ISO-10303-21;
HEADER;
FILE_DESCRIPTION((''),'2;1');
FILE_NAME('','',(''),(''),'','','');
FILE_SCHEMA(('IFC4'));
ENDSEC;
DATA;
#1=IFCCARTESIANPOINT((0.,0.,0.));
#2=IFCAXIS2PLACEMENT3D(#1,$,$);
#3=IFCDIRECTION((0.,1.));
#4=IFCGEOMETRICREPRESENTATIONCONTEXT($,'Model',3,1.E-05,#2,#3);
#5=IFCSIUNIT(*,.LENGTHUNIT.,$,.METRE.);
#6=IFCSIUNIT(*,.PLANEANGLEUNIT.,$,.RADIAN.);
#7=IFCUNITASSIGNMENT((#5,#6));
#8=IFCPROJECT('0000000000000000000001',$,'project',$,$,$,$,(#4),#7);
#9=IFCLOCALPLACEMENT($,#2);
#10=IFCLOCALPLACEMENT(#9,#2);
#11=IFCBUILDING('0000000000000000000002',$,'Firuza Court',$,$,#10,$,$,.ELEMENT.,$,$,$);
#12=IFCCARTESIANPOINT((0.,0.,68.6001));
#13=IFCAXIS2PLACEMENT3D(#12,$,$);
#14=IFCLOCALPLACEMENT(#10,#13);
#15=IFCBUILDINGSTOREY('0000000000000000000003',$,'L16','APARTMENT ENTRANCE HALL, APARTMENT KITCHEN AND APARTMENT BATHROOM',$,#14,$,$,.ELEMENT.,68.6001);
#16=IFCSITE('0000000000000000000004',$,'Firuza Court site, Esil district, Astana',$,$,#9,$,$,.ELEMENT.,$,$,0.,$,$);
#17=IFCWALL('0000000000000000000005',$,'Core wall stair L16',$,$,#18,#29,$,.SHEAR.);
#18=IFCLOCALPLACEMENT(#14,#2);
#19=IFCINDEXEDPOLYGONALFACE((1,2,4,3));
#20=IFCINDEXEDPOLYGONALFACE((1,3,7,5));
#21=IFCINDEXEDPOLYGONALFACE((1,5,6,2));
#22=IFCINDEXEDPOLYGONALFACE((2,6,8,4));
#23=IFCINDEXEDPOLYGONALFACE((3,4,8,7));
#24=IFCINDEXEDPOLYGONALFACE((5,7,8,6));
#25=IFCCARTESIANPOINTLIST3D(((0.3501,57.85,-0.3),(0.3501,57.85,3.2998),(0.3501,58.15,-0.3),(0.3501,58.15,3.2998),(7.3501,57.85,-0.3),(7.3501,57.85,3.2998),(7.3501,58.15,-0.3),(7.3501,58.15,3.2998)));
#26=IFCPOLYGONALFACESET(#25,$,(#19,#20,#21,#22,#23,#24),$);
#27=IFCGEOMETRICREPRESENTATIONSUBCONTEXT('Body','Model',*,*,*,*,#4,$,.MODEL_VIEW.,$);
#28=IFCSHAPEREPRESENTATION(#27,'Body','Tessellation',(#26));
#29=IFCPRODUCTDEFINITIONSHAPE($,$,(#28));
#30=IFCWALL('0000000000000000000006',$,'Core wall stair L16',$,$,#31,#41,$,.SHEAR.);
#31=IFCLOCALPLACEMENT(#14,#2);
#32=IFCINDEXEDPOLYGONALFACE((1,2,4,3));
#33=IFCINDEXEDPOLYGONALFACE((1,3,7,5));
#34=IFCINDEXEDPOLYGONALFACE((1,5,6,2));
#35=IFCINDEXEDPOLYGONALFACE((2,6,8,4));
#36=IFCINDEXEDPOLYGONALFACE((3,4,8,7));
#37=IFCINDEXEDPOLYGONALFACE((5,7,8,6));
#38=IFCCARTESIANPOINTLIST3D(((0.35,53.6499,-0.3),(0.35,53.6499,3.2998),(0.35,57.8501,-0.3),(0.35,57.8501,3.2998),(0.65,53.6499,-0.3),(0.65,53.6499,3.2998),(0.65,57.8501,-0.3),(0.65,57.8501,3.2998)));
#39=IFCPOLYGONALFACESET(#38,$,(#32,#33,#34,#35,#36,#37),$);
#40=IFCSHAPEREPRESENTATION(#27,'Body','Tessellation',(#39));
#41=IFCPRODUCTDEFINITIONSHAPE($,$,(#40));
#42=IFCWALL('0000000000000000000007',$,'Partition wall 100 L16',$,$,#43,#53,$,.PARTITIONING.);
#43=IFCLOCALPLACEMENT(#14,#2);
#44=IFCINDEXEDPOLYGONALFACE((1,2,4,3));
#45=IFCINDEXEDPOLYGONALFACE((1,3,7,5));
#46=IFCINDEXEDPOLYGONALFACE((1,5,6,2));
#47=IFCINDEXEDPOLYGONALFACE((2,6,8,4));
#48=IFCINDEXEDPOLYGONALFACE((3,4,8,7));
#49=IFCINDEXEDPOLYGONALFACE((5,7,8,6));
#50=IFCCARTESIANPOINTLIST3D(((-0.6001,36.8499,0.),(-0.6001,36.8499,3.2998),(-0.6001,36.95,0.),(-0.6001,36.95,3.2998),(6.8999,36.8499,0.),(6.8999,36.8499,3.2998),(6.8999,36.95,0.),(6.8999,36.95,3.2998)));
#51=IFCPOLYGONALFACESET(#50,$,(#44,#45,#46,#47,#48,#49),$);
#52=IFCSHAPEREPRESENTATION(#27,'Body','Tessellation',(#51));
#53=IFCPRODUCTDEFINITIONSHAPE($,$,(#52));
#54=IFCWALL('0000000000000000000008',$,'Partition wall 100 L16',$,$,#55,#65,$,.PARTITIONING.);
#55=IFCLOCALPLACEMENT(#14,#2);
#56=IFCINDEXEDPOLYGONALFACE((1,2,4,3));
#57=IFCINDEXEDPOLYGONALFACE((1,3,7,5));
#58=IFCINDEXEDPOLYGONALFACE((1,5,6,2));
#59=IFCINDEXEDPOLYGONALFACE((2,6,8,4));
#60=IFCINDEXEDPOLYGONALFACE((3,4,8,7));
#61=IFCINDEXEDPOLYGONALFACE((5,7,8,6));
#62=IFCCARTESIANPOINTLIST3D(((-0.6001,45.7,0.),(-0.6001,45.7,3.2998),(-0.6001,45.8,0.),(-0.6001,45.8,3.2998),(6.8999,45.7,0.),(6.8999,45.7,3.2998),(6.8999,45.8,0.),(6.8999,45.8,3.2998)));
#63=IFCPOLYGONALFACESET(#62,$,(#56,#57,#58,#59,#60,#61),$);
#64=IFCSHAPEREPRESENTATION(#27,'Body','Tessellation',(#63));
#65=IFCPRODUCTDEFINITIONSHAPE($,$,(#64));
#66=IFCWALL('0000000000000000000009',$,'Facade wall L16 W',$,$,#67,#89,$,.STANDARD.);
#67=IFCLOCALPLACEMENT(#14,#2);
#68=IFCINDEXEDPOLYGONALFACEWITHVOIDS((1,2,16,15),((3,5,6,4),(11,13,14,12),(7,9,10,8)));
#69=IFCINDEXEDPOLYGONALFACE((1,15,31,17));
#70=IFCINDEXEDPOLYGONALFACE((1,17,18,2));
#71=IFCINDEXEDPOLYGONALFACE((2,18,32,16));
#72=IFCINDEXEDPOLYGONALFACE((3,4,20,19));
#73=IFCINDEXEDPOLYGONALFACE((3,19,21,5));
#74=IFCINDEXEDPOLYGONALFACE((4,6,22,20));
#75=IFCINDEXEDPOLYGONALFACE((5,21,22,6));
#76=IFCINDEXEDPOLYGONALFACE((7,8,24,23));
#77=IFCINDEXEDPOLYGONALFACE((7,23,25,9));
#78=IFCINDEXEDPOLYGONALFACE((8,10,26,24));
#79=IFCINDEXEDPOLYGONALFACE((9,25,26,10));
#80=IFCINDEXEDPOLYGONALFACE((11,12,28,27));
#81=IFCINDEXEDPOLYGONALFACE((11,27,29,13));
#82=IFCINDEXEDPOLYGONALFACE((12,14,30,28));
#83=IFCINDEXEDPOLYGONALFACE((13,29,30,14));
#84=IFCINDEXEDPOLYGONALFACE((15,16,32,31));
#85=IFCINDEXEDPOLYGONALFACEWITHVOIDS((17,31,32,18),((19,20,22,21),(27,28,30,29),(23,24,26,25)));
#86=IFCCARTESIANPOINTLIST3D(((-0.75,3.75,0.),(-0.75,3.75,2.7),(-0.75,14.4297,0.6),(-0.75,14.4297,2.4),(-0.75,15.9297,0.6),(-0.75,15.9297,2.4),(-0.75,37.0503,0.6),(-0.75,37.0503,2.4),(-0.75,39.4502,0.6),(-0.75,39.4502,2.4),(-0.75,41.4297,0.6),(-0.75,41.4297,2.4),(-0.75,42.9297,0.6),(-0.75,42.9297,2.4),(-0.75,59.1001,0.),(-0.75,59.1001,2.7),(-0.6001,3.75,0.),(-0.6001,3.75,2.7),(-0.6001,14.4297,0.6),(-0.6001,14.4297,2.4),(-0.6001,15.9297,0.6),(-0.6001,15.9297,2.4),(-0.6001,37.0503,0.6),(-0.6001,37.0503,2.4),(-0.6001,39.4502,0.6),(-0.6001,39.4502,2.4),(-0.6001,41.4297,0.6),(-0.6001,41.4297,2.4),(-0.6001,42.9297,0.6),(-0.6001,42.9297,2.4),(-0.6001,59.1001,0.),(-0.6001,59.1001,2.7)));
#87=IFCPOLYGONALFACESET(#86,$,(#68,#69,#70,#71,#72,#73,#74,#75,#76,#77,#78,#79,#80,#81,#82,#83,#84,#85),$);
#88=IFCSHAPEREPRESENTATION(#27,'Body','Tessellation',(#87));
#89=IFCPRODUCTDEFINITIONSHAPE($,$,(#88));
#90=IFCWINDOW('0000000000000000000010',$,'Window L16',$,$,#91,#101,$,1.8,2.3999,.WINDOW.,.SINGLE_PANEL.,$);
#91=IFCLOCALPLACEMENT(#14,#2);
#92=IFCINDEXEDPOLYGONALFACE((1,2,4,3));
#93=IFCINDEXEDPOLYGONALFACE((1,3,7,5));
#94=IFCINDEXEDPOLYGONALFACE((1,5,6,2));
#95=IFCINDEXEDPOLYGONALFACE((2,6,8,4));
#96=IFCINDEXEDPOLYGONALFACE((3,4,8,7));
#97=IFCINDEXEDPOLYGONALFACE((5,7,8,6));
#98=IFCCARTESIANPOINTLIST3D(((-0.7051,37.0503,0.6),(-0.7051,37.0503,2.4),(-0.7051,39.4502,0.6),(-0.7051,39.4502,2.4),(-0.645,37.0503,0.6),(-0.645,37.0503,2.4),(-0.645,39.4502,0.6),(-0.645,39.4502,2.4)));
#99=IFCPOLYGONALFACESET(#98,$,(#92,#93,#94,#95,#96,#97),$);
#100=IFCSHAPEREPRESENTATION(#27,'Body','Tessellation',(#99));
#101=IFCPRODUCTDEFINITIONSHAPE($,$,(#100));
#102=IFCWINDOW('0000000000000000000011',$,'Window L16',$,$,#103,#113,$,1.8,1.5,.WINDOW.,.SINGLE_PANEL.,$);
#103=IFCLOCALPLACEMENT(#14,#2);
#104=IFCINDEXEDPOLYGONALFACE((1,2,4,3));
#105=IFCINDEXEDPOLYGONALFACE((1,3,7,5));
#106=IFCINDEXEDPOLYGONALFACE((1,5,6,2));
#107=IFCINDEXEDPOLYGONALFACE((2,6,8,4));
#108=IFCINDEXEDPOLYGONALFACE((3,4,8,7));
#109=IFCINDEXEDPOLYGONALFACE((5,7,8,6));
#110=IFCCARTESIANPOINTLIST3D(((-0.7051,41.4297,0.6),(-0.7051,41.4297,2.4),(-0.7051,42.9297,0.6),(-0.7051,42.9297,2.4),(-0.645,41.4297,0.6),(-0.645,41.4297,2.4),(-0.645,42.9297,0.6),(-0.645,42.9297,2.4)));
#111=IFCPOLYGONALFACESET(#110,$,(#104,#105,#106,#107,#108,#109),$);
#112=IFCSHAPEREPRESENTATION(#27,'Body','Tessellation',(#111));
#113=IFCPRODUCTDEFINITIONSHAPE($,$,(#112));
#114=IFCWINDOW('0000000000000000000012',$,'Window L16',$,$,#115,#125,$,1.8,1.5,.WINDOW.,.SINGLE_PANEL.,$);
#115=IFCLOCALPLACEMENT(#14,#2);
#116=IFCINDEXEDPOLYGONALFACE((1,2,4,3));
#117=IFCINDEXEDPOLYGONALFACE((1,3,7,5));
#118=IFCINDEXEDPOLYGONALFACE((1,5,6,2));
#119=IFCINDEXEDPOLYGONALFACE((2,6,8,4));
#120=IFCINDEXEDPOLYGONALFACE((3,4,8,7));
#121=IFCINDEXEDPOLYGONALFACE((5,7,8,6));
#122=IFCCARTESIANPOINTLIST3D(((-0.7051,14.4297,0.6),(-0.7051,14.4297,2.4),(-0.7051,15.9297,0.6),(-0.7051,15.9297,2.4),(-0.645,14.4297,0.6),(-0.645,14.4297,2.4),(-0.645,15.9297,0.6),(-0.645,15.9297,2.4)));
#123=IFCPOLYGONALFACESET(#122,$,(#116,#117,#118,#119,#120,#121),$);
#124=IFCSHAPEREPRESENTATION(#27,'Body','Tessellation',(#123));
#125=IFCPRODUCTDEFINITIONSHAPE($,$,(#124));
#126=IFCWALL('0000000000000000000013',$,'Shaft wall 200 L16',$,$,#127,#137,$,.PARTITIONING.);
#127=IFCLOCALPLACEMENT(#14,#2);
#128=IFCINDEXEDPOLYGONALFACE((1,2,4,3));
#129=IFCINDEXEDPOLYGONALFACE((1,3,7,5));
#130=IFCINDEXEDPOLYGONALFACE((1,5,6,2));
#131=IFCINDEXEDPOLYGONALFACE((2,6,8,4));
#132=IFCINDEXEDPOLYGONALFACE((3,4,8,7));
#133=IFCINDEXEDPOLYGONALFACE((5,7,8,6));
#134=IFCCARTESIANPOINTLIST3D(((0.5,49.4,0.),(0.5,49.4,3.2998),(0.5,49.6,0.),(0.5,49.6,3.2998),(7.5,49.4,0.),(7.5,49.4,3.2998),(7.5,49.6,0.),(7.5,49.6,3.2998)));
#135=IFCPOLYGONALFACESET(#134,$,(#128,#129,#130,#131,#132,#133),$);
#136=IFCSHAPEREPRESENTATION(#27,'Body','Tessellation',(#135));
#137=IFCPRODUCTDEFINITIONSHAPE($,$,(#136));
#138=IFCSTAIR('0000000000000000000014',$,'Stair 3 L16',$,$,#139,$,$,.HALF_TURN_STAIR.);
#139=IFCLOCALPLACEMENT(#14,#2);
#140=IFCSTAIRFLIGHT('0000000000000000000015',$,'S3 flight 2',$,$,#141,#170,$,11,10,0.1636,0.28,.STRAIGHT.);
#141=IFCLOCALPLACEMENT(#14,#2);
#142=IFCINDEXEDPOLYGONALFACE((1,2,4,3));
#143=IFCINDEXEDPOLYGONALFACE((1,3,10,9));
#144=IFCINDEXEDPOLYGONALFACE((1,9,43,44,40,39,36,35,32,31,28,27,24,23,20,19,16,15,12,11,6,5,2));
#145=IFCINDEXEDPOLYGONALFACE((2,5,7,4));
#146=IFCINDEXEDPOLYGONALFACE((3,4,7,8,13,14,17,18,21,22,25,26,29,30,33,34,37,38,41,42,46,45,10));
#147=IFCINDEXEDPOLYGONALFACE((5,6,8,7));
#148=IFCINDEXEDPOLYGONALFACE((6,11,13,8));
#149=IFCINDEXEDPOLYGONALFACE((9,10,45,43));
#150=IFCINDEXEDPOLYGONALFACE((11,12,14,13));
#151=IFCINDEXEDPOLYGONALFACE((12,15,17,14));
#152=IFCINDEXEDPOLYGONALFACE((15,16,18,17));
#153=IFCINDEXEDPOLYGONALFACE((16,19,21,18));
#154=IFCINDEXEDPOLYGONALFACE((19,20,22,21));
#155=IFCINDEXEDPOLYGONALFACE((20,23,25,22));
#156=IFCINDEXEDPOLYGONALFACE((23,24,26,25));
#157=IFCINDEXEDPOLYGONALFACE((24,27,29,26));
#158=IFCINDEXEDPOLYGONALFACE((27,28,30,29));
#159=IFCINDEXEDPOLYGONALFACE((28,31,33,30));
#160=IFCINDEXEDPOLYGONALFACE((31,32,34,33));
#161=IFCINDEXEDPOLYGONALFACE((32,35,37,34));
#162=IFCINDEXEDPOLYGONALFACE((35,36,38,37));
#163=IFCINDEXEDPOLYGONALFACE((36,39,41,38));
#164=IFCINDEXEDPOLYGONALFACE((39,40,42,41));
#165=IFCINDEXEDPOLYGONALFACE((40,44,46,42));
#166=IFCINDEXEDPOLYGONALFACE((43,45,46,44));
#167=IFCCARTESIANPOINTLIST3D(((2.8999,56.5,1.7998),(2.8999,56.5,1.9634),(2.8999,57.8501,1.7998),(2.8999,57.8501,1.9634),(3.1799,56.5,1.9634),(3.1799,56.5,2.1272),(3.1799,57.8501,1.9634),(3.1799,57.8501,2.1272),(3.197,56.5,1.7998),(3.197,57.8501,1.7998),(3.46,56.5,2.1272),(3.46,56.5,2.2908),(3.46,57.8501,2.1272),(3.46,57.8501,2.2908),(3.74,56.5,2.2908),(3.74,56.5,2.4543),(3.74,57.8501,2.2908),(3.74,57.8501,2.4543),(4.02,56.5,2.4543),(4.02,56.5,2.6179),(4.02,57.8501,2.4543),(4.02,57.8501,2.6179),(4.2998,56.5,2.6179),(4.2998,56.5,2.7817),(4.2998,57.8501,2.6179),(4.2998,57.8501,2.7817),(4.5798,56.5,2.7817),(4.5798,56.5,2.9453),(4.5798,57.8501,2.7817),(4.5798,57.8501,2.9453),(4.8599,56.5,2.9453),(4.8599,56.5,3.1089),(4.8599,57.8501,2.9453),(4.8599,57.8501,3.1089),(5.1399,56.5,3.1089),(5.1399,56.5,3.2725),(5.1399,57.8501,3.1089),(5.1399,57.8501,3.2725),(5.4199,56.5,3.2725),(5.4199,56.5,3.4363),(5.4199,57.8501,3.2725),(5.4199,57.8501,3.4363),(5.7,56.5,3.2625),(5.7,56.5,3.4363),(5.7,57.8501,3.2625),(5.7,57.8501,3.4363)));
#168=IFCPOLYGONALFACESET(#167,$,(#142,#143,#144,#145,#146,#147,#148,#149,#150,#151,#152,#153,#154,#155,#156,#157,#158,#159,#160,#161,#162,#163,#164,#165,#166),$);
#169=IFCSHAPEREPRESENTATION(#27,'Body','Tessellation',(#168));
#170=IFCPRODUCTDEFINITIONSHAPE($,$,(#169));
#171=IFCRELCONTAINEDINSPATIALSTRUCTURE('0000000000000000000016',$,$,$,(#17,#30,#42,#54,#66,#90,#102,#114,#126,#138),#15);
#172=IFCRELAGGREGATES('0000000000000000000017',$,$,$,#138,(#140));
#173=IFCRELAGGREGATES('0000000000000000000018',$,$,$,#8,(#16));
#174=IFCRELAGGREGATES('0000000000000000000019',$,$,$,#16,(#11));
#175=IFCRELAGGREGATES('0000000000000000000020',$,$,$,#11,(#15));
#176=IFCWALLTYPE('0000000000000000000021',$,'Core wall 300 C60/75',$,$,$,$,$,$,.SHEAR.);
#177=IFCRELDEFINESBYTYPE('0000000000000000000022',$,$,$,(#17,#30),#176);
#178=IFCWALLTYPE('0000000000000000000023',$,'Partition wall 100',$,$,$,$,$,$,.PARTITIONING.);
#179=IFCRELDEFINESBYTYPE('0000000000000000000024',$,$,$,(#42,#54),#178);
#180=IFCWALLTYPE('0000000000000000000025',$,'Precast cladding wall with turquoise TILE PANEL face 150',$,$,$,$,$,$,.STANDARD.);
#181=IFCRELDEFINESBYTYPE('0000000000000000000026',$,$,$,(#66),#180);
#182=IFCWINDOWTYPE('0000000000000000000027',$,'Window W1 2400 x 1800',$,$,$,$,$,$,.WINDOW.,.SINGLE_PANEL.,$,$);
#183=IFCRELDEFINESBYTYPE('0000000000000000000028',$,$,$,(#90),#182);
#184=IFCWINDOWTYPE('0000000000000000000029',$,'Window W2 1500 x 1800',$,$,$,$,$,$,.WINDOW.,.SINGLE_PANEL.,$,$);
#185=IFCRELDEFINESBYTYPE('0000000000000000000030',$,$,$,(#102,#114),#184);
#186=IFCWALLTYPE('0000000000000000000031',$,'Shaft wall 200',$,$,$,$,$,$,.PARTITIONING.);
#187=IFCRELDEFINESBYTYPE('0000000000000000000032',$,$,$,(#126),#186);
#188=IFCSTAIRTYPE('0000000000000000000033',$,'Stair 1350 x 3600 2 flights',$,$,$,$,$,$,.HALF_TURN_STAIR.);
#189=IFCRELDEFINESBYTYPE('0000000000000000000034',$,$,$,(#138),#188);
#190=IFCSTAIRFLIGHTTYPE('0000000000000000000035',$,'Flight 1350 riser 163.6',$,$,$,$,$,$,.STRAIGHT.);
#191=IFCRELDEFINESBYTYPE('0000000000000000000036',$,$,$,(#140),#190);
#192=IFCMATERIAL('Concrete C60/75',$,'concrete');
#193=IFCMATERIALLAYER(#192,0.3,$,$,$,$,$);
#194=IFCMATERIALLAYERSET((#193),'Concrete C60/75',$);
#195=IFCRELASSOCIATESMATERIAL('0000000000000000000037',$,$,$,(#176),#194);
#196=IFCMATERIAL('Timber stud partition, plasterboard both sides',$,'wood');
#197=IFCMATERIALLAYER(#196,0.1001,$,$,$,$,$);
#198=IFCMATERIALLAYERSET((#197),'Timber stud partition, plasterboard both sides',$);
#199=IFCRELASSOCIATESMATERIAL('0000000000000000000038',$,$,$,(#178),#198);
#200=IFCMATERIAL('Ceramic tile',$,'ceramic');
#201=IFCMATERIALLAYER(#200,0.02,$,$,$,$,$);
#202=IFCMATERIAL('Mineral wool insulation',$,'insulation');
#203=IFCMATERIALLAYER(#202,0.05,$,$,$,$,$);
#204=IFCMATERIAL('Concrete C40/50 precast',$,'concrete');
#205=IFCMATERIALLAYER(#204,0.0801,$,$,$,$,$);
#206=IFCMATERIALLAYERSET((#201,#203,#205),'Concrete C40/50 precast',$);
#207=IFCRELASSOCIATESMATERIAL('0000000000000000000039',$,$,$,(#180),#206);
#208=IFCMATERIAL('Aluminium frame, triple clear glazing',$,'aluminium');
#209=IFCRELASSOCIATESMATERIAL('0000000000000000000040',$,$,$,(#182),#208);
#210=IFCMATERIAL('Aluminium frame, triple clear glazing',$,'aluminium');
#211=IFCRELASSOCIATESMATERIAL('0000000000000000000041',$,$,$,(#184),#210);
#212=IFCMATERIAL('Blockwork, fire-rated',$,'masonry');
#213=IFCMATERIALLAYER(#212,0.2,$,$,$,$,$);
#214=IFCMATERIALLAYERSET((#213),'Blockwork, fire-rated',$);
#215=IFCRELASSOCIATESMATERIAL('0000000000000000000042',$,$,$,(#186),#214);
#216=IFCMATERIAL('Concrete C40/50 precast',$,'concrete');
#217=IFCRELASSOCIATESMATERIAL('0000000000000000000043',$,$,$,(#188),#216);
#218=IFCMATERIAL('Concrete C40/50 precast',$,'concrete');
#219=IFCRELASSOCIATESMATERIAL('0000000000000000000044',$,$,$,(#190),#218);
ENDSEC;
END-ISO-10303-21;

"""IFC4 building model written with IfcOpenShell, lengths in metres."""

from ifc_helpers import new_model, si_unit, direction, frame, frame_2d, origin, place, context, subcontext, project, spatial, polyline, rectangle, outline, extrude, material, layer, layer_set, type_object, element, fill, aggregate, save


model = new_model("IFC4")

# Units and contexts
model_context = context("Model", 3, precision=1e-05, world=origin(), true_north=direction((0.0, 1.0)))
body_context = subcontext(model_context, "Body", "Model", "MODEL_VIEW")
ifc_project = project(units=[si_unit("LENGTHUNIT", "METRE"), si_unit("PLANEANGLEUNIT", "RADIAN")], contexts=[model_context])

# Site, building, storey
site_placement = place(None, origin())
site = spatial("IfcSite", under=ifc_project, at=site_placement, Name="Firuza Court site, Esil district, Astana", CompositionType="ELEMENT", RefElevation=0.0)
building_placement = place(site_placement, origin())
building = spatial("IfcBuilding", under=site, at=building_placement, Name="Firuza Court", CompositionType="ELEMENT")
storey_placement = place(building_placement, frame((0.0, 0.0, 68.6001)))
storey = spatial("IfcBuildingStorey", under=building, at=storey_placement, Name="L16", Description="APARTMENT ENTRANCE HALL, APARTMENT KITCHEN AND APARTMENT BATHROOM", CompositionType="ELEMENT", Elevation=68.6001)

# Shared definitions
ifc_material_1 = material(Name="Concrete C60/75", Category="concrete")
ifc_layer_1 = layer(ifc_material_1, 0.3)
ifc_layer_set_1 = layer_set([ifc_layer_1], Name="Concrete C60/75")
wall_type_1 = type_object("IfcWallType", Name="Core wall 300 C60/75", PredefinedType="SHEAR", material=ifc_layer_set_1)

# Walls
wall_1_placement = place(storey_placement, frame((0.3501, 58.0, -0.3), z_axis=(0.0, 0.0, 1.0), x_axis=(1.0, 0.0, 0.0)))
element("IfcWall", 1, at=wall_1_placement, inside=storey, type_object=wall_type_1, Name="Core wall stair L16", PredefinedType="SHEAR", context=body_context, shape_type="SweptSolid", body=[
    extrude(rectangle(XDim=7.0, YDim=0.3, at=frame_2d((3.5, 0.0))), origin(), (0.0, 0.0, 1.0), 3.5999),
])
wall_2_placement = place(storey_placement, frame((0.5, 53.6499, -0.3), z_axis=(0.0, 0.0, 1.0), x_axis=(0.0, 1.0, 0.0)))
element("IfcWall", 2, at=wall_2_placement, inside=storey, type_object=wall_type_1, Name="Core wall stair L16", PredefinedType="SHEAR", context=body_context, shape_type="SweptSolid", body=[
    extrude(rectangle(XDim=4.2002, YDim=0.3, at=frame_2d((2.1001, 0.0))), origin(), (0.0, 0.0, 1.0), 3.5999),
])
ifc_material_2 = material(Name="Timber stud partition, plasterboard both sides", Category="wood")
ifc_layer_2 = layer(ifc_material_2, 0.1001)
ifc_layer_set_2 = layer_set([ifc_layer_2], Name="Timber stud partition, plasterboard both sides")
wall_type_2 = type_object("IfcWallType", Name="Partition wall 100", PredefinedType="PARTITIONING", material=ifc_layer_set_2)
for number, where, z_axis, x_axis, name in (
    (3, (-0.6001, 36.8999, 0.0), (0.0, 0.0, 1.0), (1.0, 0.0, 0.0), "Partition wall 100 L16"),
    (4, (-0.6001, 45.75, 0.0), (0.0, 0.0, 1.0), (1.0, 0.0, 0.0), "Partition wall 100 L16"),
):
    element("IfcWall", number, at=place(storey_placement, frame(where, z_axis=z_axis, x_axis=x_axis)), inside=storey, type_object=wall_type_2, Name=name, PredefinedType="PARTITIONING", context=body_context, shape_type="SweptSolid", body=[
        extrude(rectangle(XDim=7.5, YDim=0.1001, at=frame_2d((3.75, 0.0))), origin(), (0.0, 0.0, 1.0), 3.2998),
    ])

# Wall, openings, windows
ifc_material_3 = material(Name="Ceramic tile", Category="ceramic")
ifc_layer_3 = layer(ifc_material_3, 0.02)
ifc_material_4 = material(Name="Mineral wool insulation", Category="insulation")
ifc_layer_4 = layer(ifc_material_4, 0.05)
ifc_material_5 = material(Name="Concrete C40/50 precast", Category="concrete")
ifc_layer_5 = layer(ifc_material_5, 0.0801)
ifc_layer_set_3 = layer_set([ifc_layer_3, ifc_layer_4, ifc_layer_5], Name="Concrete C40/50 precast")
wall_type_3 = type_object("IfcWallType", Name="Precast cladding wall with turquoise TILE PANEL face 150", PredefinedType="STANDARD", material=ifc_layer_set_3)
wall_3_placement = place(storey_placement, frame((-0.675, 59.1001, 0.0), z_axis=(0.0, 0.0, 1.0), x_axis=(0.0, -1.0, 0.0)))
wall_3 = element("IfcWall", 5, at=wall_3_placement, inside=storey, type_object=wall_type_3, Name="Facade wall L16 W", PredefinedType="STANDARD", context=body_context, shape_type="SweptSolid", body=[
    extrude(rectangle(XDim=55.3501, YDim=0.1499, at=frame_2d((27.675, 0.0))), origin(), (0.0, 0.0, 1.0), 2.7),
])
opening_1_placement = place(wall_3_placement, frame((16.1704, 0.0, 0.6001)))
opening_1 = element("IfcOpeningElement", 6, at=opening_1_placement, cuts=wall_3, PredefinedType="OPENING", context=body_context, shape_type="SweptSolid", body=[
    extrude(rectangle(XDim=1.5, YDim=1.8, at=frame_2d((0.75, 0.8999))), frame((0.0, 0.0869, 0.0), z_axis=(0.0, -1.0, 0.0), x_axis=(1.0, 0.0, 0.0)), (0.0, 0.0, 1.0), 0.1738),
])
opening_2_placement = place(wall_3_placement, frame((19.6499, 0.0, 0.6001)))
opening_2 = element("IfcOpeningElement", 7, at=opening_2_placement, cuts=wall_3, PredefinedType="OPENING", context=body_context, shape_type="SweptSolid", body=[
    extrude(rectangle(XDim=2.3999, YDim=1.8, at=frame_2d((1.2, 0.8999))), frame((0.0, 0.0869, 0.0), z_axis=(0.0, -1.0, 0.0), x_axis=(1.0, 0.0, 0.0)), (0.0, 0.0, 1.0), 0.1738),
])
opening_3_placement = place(wall_3_placement, frame((43.1704, 0.0, 0.6001)))
opening_3 = element("IfcOpeningElement", 8, at=opening_3_placement, cuts=wall_3, PredefinedType="OPENING", context=body_context, shape_type="SweptSolid", body=[
    extrude(rectangle(XDim=1.5, YDim=1.8, at=frame_2d((0.75, 0.8999))), frame((0.0, 0.0869, 0.0), z_axis=(0.0, -1.0, 0.0), x_axis=(1.0, 0.0, 0.0)), (0.0, 0.0, 1.0), 0.1738),
])
ifc_material_6 = material(Name="Aluminium frame, triple clear glazing", Category="aluminium")
window_type_1 = type_object("IfcWindowType", Name="Window W1 2400 x 1800", PartitioningType="SINGLE_PANEL", PredefinedType="WINDOW", material=ifc_material_6)
window_1_placement = place(opening_2_placement, origin())
window_1 = element("IfcWindow", 9, at=window_1_placement, inside=storey, type_object=window_type_1, Name="Window L16", OverallHeight=1.8, OverallWidth=2.3999, PartitioningType="SINGLE_PANEL", PredefinedType="WINDOW", context=body_context, shape_type="SweptSolid", body=[
    extrude(rectangle(XDim=2.3999, YDim=1.8, at=frame_2d((1.2, 0.8999))), frame((0.0, 0.03, 0.0), z_axis=(0.0, -1.0, 0.0), x_axis=(1.0, 0.0, 0.0)), (0.0, 0.0, 1.0), 0.0601),
])
fill(opening_2, window_1)
ifc_material_7 = material(Name="Aluminium frame, triple clear glazing", Category="aluminium")
window_type_2 = type_object("IfcWindowType", Name="Window W2 1500 x 1800", PartitioningType="SINGLE_PANEL", PredefinedType="WINDOW", material=ifc_material_7)
window_2_placement = place(opening_1_placement, origin())
window_2 = element("IfcWindow", 10, at=window_2_placement, inside=storey, type_object=window_type_2, Name="Window L16", OverallHeight=1.8, OverallWidth=1.5, PartitioningType="SINGLE_PANEL", PredefinedType="WINDOW", context=body_context, shape_type="SweptSolid", body=[
    extrude(rectangle(XDim=1.5, YDim=1.8, at=frame_2d((0.75, 0.8999))), frame((0.0, 0.03, 0.0), z_axis=(0.0, -1.0, 0.0), x_axis=(1.0, 0.0, 0.0)), (0.0, 0.0, 1.0), 0.0601),
])
fill(opening_1, window_2)
window_3_placement = place(opening_3_placement, origin())
window_3 = element("IfcWindow", 11, at=window_3_placement, inside=storey, type_object=window_type_2, Name="Window L16", OverallHeight=1.8, OverallWidth=1.5, PartitioningType="SINGLE_PANEL", PredefinedType="WINDOW", context=body_context, shape_type="SweptSolid", body=[
    extrude(rectangle(XDim=1.5, YDim=1.8, at=frame_2d((0.75, 0.8999))), frame((0.0, 0.03, 0.0), z_axis=(0.0, -1.0, 0.0), x_axis=(1.0, 0.0, 0.0)), (0.0, 0.0, 1.0), 0.0601),
])
fill(opening_3, window_3)

# Wall
ifc_material_8 = material(Name="Blockwork, fire-rated", Category="masonry")
ifc_layer_6 = layer(ifc_material_8, 0.2)
ifc_layer_set_4 = layer_set([ifc_layer_6], Name="Blockwork, fire-rated")
wall_type_4 = type_object("IfcWallType", Name="Shaft wall 200", PredefinedType="PARTITIONING", material=ifc_layer_set_4)
wall_4_placement = place(storey_placement, frame((0.5, 49.5, 0.0), z_axis=(0.0, 0.0, 1.0), x_axis=(1.0, 0.0, 0.0)))
element("IfcWall", 12, at=wall_4_placement, inside=storey, type_object=wall_type_4, Name="Shaft wall 200 L16", PredefinedType="PARTITIONING", context=body_context, shape_type="SweptSolid", body=[
    extrude(rectangle(XDim=7.0, YDim=0.2, at=frame_2d((3.5, 0.0))), origin(), (0.0, 0.0, 1.0), 3.2998),
])

# Stair, stair flight
ifc_material_9 = material(Name="Concrete C40/50 precast", Category="concrete")
stair_type = type_object("IfcStairType", Name="Stair 1350 x 3600 2 flights", PredefinedType="HALF_TURN_STAIR", material=ifc_material_9)
stair_placement = place(storey_placement, origin())
stair = element("IfcStair", 13, at=stair_placement, inside=storey, type_object=stair_type, Name="Stair 3 L16", PredefinedType="HALF_TURN_STAIR")
ifc_material_10 = material(Name="Concrete C40/50 precast", Category="concrete")
stair_flight_type = type_object("IfcStairFlightType", Name="Flight 1350 riser 163.6", PredefinedType="STRAIGHT", material=ifc_material_10)
stair_flight_placement = place(storey_placement, frame((2.8999, 57.175, 1.7998), z_axis=(0.0, 0.0, 1.0), x_axis=(1.0, 0.0, 0.0)))
stair_flight = element("IfcStairFlight", 14, at=stair_flight_placement, type_object=stair_flight_type, Name="S3 flight 2", NumberOfRisers=11, NumberOfTreads=10, PredefinedType="STRAIGHT", RiserHeight=0.1636, TreadLength=0.28, context=body_context, shape_type="SweptSolid", body=[
    extrude(outline(polyline([(0.0, 0.0), (0.0, 0.1636), (0.28, 0.1636), (0.28, 0.3274), (0.5601, 0.3274), (0.5601, 0.491), (0.8401, 0.491), (0.8401, 0.6545), (1.1201, 0.6545), (1.1201, 0.8181), (1.3999, 0.8181), (1.3999, 0.9819), (1.6799, 0.9819), (1.6799, 1.1455), (1.96, 1.1455), (1.96, 1.3091), (2.24, 1.3091), (2.24, 1.4727), (2.52, 1.4727), (2.52, 1.6365), (2.8, 1.6365), (2.8, 1.8), (2.8, 1.4626), (0.2971, 0.0), (0.0, 0.0)])), frame((0.0, 0.675, 0.0), z_axis=(0.0, -1.0, 0.0), x_axis=(1.0, 0.0, 0.0)), (0.0, 0.0, 1.0), 1.3501),
])
aggregate(stair, [stair_flight])

save(model, "model.ifc")
